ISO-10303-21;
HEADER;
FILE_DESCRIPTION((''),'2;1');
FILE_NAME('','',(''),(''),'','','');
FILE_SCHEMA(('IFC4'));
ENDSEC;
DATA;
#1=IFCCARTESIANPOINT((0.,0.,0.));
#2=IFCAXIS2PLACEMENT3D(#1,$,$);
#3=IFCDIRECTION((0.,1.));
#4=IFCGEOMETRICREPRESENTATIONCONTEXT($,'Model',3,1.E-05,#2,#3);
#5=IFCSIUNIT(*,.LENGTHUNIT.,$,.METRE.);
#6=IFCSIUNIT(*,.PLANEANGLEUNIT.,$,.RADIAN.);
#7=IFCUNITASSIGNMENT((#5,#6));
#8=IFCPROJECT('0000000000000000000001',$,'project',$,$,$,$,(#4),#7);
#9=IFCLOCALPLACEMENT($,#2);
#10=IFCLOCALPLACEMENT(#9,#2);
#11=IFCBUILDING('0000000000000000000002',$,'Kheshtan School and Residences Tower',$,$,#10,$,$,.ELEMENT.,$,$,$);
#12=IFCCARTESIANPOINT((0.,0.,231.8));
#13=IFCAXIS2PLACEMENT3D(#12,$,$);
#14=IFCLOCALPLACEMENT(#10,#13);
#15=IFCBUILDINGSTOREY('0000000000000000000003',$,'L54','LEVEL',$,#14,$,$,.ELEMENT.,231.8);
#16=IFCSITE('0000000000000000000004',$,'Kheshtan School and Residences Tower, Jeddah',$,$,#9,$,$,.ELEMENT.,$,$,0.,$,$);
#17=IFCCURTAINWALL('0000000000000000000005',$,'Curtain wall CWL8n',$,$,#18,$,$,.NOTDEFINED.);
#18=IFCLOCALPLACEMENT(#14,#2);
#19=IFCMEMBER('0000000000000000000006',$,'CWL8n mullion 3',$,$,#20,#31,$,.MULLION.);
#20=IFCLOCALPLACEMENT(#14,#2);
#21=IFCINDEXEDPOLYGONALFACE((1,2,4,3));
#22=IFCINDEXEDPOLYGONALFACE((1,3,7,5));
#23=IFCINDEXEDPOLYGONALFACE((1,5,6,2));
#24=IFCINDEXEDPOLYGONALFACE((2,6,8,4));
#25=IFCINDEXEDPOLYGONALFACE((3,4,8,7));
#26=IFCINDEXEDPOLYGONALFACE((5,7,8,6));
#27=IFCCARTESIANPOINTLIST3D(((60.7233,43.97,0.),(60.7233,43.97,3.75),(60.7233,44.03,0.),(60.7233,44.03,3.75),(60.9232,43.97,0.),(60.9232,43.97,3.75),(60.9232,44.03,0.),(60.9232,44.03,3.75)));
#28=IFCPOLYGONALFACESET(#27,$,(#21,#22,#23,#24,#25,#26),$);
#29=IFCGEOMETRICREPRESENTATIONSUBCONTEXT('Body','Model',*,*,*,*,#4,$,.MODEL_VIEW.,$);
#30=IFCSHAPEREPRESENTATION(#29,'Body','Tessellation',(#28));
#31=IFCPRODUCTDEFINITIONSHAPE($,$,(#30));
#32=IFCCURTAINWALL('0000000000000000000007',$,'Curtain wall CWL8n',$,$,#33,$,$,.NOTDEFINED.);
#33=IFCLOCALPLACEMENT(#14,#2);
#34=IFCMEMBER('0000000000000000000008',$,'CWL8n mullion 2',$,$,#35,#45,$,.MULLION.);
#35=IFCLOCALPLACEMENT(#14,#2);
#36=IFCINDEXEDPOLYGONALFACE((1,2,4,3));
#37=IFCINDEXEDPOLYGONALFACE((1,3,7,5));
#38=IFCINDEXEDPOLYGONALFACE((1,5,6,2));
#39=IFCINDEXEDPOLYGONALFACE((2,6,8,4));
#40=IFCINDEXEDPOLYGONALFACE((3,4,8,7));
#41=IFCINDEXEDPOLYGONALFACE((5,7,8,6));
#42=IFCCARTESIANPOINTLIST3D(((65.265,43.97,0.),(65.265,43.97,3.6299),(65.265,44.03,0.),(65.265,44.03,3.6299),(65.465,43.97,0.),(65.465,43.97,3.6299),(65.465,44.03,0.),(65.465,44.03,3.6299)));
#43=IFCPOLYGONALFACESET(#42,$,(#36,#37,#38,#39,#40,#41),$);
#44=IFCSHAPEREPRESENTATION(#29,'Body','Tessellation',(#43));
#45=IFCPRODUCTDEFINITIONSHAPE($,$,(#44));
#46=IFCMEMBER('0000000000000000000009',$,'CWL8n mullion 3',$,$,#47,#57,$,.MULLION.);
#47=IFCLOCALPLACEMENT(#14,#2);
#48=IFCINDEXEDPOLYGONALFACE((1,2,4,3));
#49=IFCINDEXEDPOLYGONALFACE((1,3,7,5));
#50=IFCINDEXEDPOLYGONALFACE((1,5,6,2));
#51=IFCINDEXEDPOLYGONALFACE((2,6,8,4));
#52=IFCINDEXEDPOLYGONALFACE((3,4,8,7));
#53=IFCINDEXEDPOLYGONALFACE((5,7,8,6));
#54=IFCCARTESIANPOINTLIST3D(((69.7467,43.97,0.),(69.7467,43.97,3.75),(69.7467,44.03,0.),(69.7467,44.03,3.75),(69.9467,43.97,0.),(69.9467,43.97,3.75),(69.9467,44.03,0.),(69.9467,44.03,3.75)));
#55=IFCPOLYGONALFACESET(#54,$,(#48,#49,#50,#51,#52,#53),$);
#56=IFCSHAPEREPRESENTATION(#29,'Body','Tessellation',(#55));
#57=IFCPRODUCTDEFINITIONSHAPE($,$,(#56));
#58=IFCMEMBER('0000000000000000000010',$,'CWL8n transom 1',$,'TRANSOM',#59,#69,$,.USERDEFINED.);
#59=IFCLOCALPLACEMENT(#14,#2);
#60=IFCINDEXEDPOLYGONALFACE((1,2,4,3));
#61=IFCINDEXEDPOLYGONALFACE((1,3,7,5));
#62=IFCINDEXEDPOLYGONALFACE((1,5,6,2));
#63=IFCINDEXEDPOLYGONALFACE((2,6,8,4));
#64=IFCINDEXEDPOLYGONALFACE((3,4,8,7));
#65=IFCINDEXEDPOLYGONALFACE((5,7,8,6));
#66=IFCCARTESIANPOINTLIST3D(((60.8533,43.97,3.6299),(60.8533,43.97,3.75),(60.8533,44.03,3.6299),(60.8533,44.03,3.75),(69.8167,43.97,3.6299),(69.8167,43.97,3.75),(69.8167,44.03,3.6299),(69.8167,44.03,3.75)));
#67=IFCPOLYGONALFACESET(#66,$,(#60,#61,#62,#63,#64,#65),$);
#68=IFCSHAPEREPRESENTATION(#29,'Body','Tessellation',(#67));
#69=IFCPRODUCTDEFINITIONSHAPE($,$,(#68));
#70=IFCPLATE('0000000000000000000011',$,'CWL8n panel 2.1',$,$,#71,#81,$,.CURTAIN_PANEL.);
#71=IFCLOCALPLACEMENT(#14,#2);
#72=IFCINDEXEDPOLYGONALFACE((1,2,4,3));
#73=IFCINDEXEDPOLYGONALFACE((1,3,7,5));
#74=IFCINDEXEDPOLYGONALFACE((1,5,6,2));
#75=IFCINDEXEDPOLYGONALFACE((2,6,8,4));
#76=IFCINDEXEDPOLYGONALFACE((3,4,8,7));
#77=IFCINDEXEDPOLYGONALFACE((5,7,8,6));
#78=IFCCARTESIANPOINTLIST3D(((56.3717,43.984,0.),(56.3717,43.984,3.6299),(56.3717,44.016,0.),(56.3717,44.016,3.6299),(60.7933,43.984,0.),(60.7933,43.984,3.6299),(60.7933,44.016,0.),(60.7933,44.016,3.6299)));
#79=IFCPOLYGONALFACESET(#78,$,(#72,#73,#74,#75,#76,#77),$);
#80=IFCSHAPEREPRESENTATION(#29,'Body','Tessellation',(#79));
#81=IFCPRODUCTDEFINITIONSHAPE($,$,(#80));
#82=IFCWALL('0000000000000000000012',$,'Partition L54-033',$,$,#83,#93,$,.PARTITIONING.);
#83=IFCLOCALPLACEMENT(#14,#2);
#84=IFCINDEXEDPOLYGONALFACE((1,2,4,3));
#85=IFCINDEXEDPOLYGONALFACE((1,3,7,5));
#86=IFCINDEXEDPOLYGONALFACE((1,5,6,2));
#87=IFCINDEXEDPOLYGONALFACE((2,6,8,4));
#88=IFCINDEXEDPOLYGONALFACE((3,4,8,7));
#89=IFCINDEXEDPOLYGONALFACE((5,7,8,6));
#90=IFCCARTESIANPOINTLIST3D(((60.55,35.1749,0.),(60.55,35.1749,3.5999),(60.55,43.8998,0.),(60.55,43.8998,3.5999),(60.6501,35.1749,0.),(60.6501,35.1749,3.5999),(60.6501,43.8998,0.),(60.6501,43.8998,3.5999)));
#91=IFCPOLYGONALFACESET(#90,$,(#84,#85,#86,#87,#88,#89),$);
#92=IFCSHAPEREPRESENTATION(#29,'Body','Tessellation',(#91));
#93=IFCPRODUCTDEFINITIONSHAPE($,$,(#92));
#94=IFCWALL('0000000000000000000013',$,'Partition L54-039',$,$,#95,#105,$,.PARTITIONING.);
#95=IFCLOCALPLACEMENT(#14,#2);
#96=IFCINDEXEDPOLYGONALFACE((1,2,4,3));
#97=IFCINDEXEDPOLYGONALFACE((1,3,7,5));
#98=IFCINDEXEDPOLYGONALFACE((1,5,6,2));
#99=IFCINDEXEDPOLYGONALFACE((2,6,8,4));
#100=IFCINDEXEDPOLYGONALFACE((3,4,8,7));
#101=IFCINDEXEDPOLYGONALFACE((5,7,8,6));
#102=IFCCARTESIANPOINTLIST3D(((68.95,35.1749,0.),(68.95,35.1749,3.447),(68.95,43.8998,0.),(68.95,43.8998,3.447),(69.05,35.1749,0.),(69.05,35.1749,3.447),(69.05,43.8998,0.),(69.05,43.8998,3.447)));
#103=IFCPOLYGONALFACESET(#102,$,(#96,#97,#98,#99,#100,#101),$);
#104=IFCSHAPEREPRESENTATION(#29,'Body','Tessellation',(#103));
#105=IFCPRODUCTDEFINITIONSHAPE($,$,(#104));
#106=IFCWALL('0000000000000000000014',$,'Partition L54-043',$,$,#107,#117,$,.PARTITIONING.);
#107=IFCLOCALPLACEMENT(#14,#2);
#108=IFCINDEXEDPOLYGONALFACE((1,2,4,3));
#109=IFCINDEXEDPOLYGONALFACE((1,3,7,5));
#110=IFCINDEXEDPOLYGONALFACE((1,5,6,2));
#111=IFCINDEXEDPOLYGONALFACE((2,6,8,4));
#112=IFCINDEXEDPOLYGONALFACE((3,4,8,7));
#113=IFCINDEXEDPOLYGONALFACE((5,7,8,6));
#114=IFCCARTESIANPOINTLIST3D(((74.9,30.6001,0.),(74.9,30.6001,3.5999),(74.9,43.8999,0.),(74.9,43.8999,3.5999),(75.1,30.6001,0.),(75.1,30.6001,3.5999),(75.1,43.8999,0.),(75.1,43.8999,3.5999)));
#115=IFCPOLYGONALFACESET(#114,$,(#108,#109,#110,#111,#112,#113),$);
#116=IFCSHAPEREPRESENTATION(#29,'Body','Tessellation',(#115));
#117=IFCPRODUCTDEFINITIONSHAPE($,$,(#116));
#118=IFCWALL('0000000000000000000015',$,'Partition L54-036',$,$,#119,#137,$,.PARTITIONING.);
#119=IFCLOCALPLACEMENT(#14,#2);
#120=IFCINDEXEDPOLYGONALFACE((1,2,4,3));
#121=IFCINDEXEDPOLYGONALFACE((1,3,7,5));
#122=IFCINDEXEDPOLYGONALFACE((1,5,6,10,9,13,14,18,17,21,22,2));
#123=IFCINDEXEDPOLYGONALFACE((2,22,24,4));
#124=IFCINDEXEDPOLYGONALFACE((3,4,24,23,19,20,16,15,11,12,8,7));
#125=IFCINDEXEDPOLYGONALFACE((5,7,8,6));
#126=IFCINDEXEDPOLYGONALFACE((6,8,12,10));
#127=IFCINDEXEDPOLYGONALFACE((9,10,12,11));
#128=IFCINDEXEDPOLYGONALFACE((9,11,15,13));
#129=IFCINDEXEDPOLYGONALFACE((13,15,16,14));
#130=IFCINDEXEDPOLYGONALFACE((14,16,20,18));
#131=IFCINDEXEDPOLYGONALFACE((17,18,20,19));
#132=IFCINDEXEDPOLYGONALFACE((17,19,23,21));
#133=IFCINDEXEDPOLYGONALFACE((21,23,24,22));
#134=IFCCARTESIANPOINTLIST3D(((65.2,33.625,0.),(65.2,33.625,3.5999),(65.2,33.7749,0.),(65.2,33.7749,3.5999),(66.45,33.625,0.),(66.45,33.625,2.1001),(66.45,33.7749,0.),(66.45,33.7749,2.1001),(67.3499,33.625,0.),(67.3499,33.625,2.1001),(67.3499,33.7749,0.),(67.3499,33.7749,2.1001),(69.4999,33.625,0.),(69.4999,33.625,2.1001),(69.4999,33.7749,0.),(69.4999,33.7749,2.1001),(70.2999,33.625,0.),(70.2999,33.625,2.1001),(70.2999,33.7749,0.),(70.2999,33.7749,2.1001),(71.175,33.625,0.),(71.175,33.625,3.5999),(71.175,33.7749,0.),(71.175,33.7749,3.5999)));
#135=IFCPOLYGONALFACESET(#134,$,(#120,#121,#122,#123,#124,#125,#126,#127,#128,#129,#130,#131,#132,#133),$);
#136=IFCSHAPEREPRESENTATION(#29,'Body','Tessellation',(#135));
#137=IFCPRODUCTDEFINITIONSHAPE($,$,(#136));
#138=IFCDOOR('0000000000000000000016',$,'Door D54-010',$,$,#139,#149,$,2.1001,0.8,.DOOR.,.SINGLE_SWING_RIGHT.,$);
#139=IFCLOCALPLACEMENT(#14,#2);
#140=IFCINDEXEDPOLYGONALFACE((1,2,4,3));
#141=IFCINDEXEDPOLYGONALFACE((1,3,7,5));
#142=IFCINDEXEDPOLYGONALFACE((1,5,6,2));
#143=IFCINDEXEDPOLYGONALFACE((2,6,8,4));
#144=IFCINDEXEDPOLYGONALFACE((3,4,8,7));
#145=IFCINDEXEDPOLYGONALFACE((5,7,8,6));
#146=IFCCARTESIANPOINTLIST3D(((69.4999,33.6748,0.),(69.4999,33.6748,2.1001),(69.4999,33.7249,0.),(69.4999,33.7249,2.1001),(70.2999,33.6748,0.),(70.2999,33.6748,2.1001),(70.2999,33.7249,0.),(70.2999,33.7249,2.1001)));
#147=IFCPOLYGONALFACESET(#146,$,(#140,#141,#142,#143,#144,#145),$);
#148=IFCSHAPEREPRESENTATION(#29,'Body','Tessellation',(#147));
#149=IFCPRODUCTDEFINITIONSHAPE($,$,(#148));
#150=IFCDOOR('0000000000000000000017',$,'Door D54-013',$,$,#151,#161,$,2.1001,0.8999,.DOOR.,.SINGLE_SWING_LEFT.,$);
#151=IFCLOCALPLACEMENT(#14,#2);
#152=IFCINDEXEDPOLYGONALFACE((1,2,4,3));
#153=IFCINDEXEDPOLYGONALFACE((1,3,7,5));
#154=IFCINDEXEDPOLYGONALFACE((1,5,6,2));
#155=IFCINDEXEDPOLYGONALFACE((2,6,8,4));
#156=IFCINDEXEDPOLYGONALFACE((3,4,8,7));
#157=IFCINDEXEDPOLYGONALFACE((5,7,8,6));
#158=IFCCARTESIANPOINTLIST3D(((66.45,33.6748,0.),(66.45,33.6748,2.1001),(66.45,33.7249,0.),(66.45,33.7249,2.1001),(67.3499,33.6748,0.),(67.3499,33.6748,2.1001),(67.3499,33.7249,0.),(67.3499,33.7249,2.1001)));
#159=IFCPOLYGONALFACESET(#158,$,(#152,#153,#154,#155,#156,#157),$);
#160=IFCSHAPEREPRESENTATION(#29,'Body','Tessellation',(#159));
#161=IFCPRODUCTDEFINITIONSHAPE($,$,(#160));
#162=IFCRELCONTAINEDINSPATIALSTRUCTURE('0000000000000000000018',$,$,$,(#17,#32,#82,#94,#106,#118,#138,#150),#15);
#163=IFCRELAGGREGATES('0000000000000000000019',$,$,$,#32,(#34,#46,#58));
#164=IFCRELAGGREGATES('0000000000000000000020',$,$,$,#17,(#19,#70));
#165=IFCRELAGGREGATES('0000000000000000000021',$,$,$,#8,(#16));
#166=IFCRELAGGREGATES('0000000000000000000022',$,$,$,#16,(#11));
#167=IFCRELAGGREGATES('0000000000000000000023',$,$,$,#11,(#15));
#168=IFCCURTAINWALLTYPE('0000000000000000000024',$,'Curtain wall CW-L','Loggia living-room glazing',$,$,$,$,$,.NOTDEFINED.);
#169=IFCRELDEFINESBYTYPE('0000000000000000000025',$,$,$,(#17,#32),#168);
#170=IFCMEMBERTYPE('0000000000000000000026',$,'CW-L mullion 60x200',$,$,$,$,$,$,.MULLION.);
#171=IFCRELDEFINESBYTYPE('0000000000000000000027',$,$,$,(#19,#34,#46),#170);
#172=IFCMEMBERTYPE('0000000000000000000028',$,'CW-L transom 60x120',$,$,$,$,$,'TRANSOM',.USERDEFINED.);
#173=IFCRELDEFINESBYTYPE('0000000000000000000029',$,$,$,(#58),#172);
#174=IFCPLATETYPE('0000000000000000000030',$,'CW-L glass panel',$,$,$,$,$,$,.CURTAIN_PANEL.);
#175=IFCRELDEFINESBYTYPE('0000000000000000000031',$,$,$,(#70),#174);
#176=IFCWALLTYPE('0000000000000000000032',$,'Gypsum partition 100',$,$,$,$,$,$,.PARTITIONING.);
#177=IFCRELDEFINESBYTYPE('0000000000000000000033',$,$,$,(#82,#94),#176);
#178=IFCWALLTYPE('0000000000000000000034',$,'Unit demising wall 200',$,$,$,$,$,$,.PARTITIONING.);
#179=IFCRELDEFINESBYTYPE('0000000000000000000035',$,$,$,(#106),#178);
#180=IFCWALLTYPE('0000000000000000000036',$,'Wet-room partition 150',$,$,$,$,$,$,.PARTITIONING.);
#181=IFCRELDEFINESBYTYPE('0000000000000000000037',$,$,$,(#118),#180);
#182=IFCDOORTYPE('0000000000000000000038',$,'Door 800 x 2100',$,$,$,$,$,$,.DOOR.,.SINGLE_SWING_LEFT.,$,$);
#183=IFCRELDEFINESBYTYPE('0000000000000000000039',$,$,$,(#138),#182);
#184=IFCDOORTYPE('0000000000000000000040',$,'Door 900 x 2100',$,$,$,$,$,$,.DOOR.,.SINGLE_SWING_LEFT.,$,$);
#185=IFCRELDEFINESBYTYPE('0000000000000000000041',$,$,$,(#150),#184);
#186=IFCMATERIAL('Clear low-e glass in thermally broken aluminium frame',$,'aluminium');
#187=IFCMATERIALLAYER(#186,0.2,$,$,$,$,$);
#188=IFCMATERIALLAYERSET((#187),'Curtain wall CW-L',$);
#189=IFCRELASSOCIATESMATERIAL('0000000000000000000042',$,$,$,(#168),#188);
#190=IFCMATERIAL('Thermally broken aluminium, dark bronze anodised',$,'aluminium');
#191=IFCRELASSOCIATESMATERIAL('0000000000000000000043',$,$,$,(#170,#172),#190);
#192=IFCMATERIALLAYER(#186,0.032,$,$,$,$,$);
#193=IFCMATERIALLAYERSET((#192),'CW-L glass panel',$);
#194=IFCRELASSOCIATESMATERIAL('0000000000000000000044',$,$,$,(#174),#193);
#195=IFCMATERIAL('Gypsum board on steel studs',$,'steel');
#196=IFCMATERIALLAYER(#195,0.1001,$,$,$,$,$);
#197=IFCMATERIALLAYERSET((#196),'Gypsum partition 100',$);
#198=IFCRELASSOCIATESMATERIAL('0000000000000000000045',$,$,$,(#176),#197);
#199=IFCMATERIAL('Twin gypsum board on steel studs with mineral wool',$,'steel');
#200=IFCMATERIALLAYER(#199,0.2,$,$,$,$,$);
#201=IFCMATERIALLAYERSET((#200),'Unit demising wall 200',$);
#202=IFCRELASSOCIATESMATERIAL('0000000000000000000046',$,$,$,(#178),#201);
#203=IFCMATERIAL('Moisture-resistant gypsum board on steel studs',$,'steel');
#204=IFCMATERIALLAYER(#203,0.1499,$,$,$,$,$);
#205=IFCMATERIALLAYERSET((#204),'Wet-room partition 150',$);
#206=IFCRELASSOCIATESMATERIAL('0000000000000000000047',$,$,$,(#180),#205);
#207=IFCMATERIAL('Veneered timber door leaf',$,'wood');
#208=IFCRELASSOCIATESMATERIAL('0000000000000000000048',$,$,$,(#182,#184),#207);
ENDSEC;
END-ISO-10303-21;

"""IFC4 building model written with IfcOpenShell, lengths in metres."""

from ifc_helpers import new_model, si_unit, direction, frame, frame_2d, origin, origin_2d, place, context, subcontext, project, spatial, rectangle, extrude, source, transform, mapped, material, layer, layer_set, material_profile, profile_set, type_object, element, fill, aggregate, save


model = new_model("IFC4")

# Units and contexts
model_context = context("Model", 3, precision=1e-05, world=origin(), true_north=direction((0.0, 1.0)))
body_context = subcontext(model_context, "Body", "Model", "MODEL_VIEW")
ifc_project = project(units=[si_unit("LENGTHUNIT", "METRE"), si_unit("PLANEANGLEUNIT", "RADIAN")], contexts=[model_context])

# Site, building, storey
site_placement = place(None, origin())
site = spatial("IfcSite", under=ifc_project, at=site_placement, Name="Kheshtan School and Residences Tower, Jeddah", CompositionType="ELEMENT", RefElevation=0.0)
building_placement = place(site_placement, origin())
building = spatial("IfcBuilding", under=site, at=building_placement, Name="Kheshtan School and Residences Tower", CompositionType="ELEMENT")
storey_placement = place(building_placement, frame((0.0, 0.0, 231.8)))
storey = spatial("IfcBuildingStorey", under=building, at=storey_placement, Name="L54", Description="LEVEL", CompositionType="ELEMENT", Elevation=231.8)

# Curtain wall, member
ifc_material_1 = material(Name="Clear low-e glass in thermally broken aluminium frame", Category="aluminium")
ifc_layer_1 = layer(ifc_material_1, 0.2)
ifc_layer_set_1 = layer_set([ifc_layer_1], Name="Curtain wall CW-L")
curtain_wall_type = type_object("IfcCurtainWallType", Name="Curtain wall CW-L", Description="Loggia living-room glazing", PredefinedType="NOTDEFINED", material=ifc_layer_set_1)
curtain_wall_1_placement = place(storey_placement, origin())
curtain_wall_1 = element("IfcCurtainWall", 1, at=curtain_wall_1_placement, inside=storey, type_object=curtain_wall_type, Name="Curtain wall CWL8n", PredefinedType="NOTDEFINED")
ifc_material_2 = material(Name="Thermally broken aluminium, dark bronze anodised", Category="aluminium")
ifc_material_profile_1 = material_profile(ifc_material_2, rectangle(XDim=0.0601, YDim=0.2, at=origin_2d()), Name="CW-L mullion 60x200")
ifc_profile_set_1 = profile_set([ifc_material_profile_1], Name="Thermally broken aluminium, dark bronze anodised")
member_type_1 = type_object("IfcMemberType", Name="CW-L mullion 60x200", PredefinedType="MULLION", material=ifc_profile_set_1)
member_1_placement = place(storey_placement, frame((60.8232, 44.0, 0.0), z_axis=(0.0, 0.0, 1.0), x_axis=(0.0, 1.0, 0.0)))
member_1 = element("IfcMember", 2, at=member_1_placement, type_object=member_type_1, Name="CWL8n mullion 3", PredefinedType="MULLION", context=body_context, shape_type="SweptSolid", body=[
    extrude(rectangle(XDim=0.0601, YDim=0.2, at=origin_2d()), origin(), (0.0, 0.0, 1.0), 3.75),
])

# Curtain wall, members
curtain_wall_2_placement = place(storey_placement, origin())
curtain_wall_2 = element("IfcCurtainWall", 3, at=curtain_wall_2_placement, inside=storey, type_object=curtain_wall_type, Name="Curtain wall CWL8n", PredefinedType="NOTDEFINED")
member_2_placement = place(storey_placement, frame((65.365, 44.0, 0.0), z_axis=(0.0, 0.0, 1.0), x_axis=(0.0, 1.0, 0.0)))
member_2 = element("IfcMember", 4, at=member_2_placement, type_object=member_type_1, Name="CWL8n mullion 2", PredefinedType="MULLION", context=body_context, shape_type="SweptSolid", body=[
    extrude(rectangle(XDim=0.0601, YDim=0.2, at=origin_2d()), origin(), (0.0, 0.0, 1.0), 3.6299),
])
member_3_placement = place(storey_placement, frame((69.8467, 44.0, 0.0), z_axis=(0.0, 0.0, 1.0), x_axis=(0.0, 1.0, 0.0)))
member_3 = element("IfcMember", 5, at=member_3_placement, type_object=member_type_1, Name="CWL8n mullion 3", PredefinedType="MULLION", context=body_context, shape_type="SweptSolid", body=[
    extrude(rectangle(XDim=0.0601, YDim=0.2, at=origin_2d()), origin(), (0.0, 0.0, 1.0), 3.75),
])
ifc_material_profile_2 = material_profile(ifc_material_2, rectangle(XDim=0.0601, YDim=0.1201, at=origin_2d()), Name="CW-L transom 60x120")
ifc_profile_set_2 = profile_set([ifc_material_profile_2], Name="Thermally broken aluminium, dark bronze anodised")
member_type_2 = type_object("IfcMemberType", Name="CW-L transom 60x120", ElementType="TRANSOM", PredefinedType="USERDEFINED", material=ifc_profile_set_2)
member_4_placement = place(storey_placement, frame((60.8533, 44.0, 3.6899), z_axis=(1.0, 0.0, 0.0), x_axis=(0.0, 1.0, 0.0)))
member_4 = element("IfcMember", 6, at=member_4_placement, type_object=member_type_2, Name="CWL8n transom 1", ObjectType="TRANSOM", PredefinedType="USERDEFINED", context=body_context, shape_type="SweptSolid", body=[
    extrude(rectangle(XDim=0.0601, YDim=0.1201, at=origin_2d()), origin(), (0.0, 0.0, 1.0), 8.9634),
])
aggregate(curtain_wall_2, [member_2, member_3, member_4])

# Plate
ifc_layer_2 = layer(ifc_material_1, 0.032)
ifc_layer_set_2 = layer_set([ifc_layer_2], Name="CW-L glass panel")
plate_type = type_object("IfcPlateType", Name="CW-L glass panel", PredefinedType="CURTAIN_PANEL", material=ifc_layer_set_2)
plate_placement = place(storey_placement, frame((58.5825, 44.0, 0.0), z_axis=(0.0, 0.0, 1.0), x_axis=(1.0, 0.0, 0.0)))
plate = element("IfcPlate", 7, at=plate_placement, type_object=plate_type, Name="CWL8n panel 2.1", PredefinedType="CURTAIN_PANEL", context=body_context, shape_type="SweptSolid", body=[
    extrude(rectangle(XDim=4.4216, YDim=0.032, at=origin_2d()), origin(), (0.0, 0.0, 1.0), 3.6299),
])
aggregate(curtain_wall_1, [member_1, plate])

# Walls
ifc_material_3 = material(Name="Gypsum board on steel studs", Category="steel")
ifc_layer_3 = layer(ifc_material_3, 0.1001)
ifc_layer_set_3 = layer_set([ifc_layer_3], Name="Gypsum partition 100")
wall_type_1 = type_object("IfcWallType", Name="Gypsum partition 100", PredefinedType="PARTITIONING", material=ifc_layer_set_3)
wall_1_placement = place(storey_placement, frame((60.6001, 35.175, 0.0), z_axis=(0.0, 0.0, 1.0), x_axis=(0.0, 1.0, 0.0)))
element("IfcWall", 8, at=wall_1_placement, inside=storey, type_object=wall_type_1, Name="Partition L54-033", PredefinedType="PARTITIONING", context=body_context, shape_type="SweptSolid", body=[
    extrude(rectangle(XDim=8.7249, YDim=0.1001, at=frame_2d((4.3623, 0.0))), origin(), (0.0, 0.0, 1.0), 3.5999),
])
wall_2_placement = place(storey_placement, frame((69.0, 35.175, 0.0), z_axis=(0.0, 0.0, 1.0), x_axis=(0.0, 1.0, 0.0)))
element("IfcWall", 9, at=wall_2_placement, inside=storey, type_object=wall_type_1, Name="Partition L54-039", PredefinedType="PARTITIONING", context=body_context, shape_type="SweptSolid", body=[
    extrude(rectangle(XDim=8.7249, YDim=0.1001, at=frame_2d((4.3623, 0.0))), origin(), (0.0, 0.0, 1.0), 3.447),
])
ifc_material_4 = material(Name="Twin gypsum board on steel studs with mineral wool", Category="steel")
ifc_layer_4 = layer(ifc_material_4, 0.2)
ifc_layer_set_4 = layer_set([ifc_layer_4], Name="Unit demising wall 200")
wall_type_2 = type_object("IfcWallType", Name="Unit demising wall 200", PredefinedType="PARTITIONING", material=ifc_layer_set_4)
wall_3_placement = place(storey_placement, frame((75.0, 30.6001, 0.0), z_axis=(0.0, 0.0, 1.0), x_axis=(0.0, 1.0, 0.0)))
element("IfcWall", 10, at=wall_3_placement, inside=storey, type_object=wall_type_2, Name="Partition L54-043", PredefinedType="PARTITIONING", context=body_context, shape_type="SweptSolid", body=[
    extrude(rectangle(XDim=13.2998, YDim=0.2, at=frame_2d((6.6499, 0.0))), origin(), (0.0, 0.0, 1.0), 3.5999),
])

# Wall, openings, doors
ifc_material_5 = material(Name="Moisture-resistant gypsum board on steel studs", Category="steel")
ifc_layer_5 = layer(ifc_material_5, 0.1499)
ifc_layer_set_5 = layer_set([ifc_layer_5], Name="Wet-room partition 150")
wall_type_3 = type_object("IfcWallType", Name="Wet-room partition 150", PredefinedType="PARTITIONING", material=ifc_layer_set_5)
wall_4_placement = place(storey_placement, frame((65.2, 33.7, 0.0), z_axis=(0.0, 0.0, 1.0), x_axis=(1.0, 0.0, 0.0)))
wall_4 = element("IfcWall", 11, at=wall_4_placement, inside=storey, type_object=wall_type_3, Name="Partition L54-036", PredefinedType="PARTITIONING", context=body_context, shape_type="SweptSolid", body=[
    extrude(rectangle(XDim=5.9751, YDim=0.1499, at=frame_2d((2.9875, 0.0))), origin(), (0.0, 0.0, 1.0), 3.5999),
])
opening_1_placement = place(wall_4_placement, frame((4.3, 0.0, 0.0)))
opening_1 = element("IfcOpeningElement", 12, at=opening_1_placement, cuts=wall_4, PredefinedType="OPENING", context=body_context, shape_type="SweptSolid", body=[
    extrude(rectangle(XDim=0.8, YDim=2.1001, at=frame_2d((0.3999, 1.05))), frame((0.0, 0.085, 0.0), z_axis=(0.0, -1.0, 0.0), x_axis=(1.0, 0.0, 0.0)), (0.0, 0.0, 1.0), 0.1699),
])
opening_2_placement = place(wall_4_placement, frame((1.25, 0.0, 0.0)))
opening_2 = element("IfcOpeningElement", 13, at=opening_2_placement, cuts=wall_4, PredefinedType="OPENING", context=body_context, shape_type="SweptSolid", body=[
    extrude(rectangle(XDim=0.8999, YDim=2.1001, at=frame_2d((0.45, 1.05))), frame((0.0, 0.085, 0.0), z_axis=(0.0, -1.0, 0.0), x_axis=(1.0, 0.0, 0.0)), (0.0, 0.0, 1.0), 0.1699),
])
ifc_material_6 = material(Name="Veneered timber door leaf", Category="wood")
door_type_1 = type_object("IfcDoorType", Name="Door 800 x 2100", OperationType="SINGLE_SWING_LEFT", PredefinedType="DOOR", material=ifc_material_6)
shared_shape_1 = source(origin(), body_context, "Body", "SweptSolid", [
    extrude(rectangle(XDim=0.8, YDim=2.1001, at=frame_2d((0.3999, 1.05))), frame((0.0, 0.0249, 0.0), z_axis=(0.0, -1.0, 0.0), x_axis=(1.0, 0.0, 0.0)), (0.0, 0.0, 1.0), 0.05),
])
door_1_placement = place(opening_1_placement, origin())
door_1 = element("IfcDoor", 14, at=door_1_placement, inside=storey, type_object=door_type_1, Name="Door D54-010", OperationType="SINGLE_SWING_RIGHT", OverallHeight=2.1001, OverallWidth=0.8, PredefinedType="DOOR", context=body_context, shape_type="MappedRepresentation", body=[
    mapped(shared_shape_1, transform((0.0, 0.0, 0.0), x_axis=(1.0, 0.0, 0.0), y_axis=(0.0, 1.0, 0.0), z_axis=(0.0, 0.0, 1.0), scale=1.0)),
])
fill(opening_1, door_1)
door_type_2 = type_object("IfcDoorType", Name="Door 900 x 2100", OperationType="SINGLE_SWING_LEFT", PredefinedType="DOOR", material=ifc_material_6)
shared_shape_2 = source(origin(), body_context, "Body", "SweptSolid", [
    extrude(rectangle(XDim=0.8999, YDim=2.1001, at=frame_2d((0.45, 1.05))), frame((0.0, 0.0249, 0.0), z_axis=(0.0, -1.0, 0.0), x_axis=(1.0, 0.0, 0.0)), (0.0, 0.0, 1.0), 0.05),
])
door_2_placement = place(opening_2_placement, origin())
door_2 = element("IfcDoor", 15, at=door_2_placement, inside=storey, type_object=door_type_2, Name="Door D54-013", OperationType="SINGLE_SWING_LEFT", OverallHeight=2.1001, OverallWidth=0.8999, PredefinedType="DOOR", context=body_context, shape_type="MappedRepresentation", body=[
    mapped(shared_shape_2, transform((0.0, 0.0, 0.0), x_axis=(1.0, 0.0, 0.0), y_axis=(0.0, 1.0, 0.0), z_axis=(0.0, 0.0, 1.0), scale=1.0)),
])
fill(opening_2, door_2)

save(model, "model.ifc")
